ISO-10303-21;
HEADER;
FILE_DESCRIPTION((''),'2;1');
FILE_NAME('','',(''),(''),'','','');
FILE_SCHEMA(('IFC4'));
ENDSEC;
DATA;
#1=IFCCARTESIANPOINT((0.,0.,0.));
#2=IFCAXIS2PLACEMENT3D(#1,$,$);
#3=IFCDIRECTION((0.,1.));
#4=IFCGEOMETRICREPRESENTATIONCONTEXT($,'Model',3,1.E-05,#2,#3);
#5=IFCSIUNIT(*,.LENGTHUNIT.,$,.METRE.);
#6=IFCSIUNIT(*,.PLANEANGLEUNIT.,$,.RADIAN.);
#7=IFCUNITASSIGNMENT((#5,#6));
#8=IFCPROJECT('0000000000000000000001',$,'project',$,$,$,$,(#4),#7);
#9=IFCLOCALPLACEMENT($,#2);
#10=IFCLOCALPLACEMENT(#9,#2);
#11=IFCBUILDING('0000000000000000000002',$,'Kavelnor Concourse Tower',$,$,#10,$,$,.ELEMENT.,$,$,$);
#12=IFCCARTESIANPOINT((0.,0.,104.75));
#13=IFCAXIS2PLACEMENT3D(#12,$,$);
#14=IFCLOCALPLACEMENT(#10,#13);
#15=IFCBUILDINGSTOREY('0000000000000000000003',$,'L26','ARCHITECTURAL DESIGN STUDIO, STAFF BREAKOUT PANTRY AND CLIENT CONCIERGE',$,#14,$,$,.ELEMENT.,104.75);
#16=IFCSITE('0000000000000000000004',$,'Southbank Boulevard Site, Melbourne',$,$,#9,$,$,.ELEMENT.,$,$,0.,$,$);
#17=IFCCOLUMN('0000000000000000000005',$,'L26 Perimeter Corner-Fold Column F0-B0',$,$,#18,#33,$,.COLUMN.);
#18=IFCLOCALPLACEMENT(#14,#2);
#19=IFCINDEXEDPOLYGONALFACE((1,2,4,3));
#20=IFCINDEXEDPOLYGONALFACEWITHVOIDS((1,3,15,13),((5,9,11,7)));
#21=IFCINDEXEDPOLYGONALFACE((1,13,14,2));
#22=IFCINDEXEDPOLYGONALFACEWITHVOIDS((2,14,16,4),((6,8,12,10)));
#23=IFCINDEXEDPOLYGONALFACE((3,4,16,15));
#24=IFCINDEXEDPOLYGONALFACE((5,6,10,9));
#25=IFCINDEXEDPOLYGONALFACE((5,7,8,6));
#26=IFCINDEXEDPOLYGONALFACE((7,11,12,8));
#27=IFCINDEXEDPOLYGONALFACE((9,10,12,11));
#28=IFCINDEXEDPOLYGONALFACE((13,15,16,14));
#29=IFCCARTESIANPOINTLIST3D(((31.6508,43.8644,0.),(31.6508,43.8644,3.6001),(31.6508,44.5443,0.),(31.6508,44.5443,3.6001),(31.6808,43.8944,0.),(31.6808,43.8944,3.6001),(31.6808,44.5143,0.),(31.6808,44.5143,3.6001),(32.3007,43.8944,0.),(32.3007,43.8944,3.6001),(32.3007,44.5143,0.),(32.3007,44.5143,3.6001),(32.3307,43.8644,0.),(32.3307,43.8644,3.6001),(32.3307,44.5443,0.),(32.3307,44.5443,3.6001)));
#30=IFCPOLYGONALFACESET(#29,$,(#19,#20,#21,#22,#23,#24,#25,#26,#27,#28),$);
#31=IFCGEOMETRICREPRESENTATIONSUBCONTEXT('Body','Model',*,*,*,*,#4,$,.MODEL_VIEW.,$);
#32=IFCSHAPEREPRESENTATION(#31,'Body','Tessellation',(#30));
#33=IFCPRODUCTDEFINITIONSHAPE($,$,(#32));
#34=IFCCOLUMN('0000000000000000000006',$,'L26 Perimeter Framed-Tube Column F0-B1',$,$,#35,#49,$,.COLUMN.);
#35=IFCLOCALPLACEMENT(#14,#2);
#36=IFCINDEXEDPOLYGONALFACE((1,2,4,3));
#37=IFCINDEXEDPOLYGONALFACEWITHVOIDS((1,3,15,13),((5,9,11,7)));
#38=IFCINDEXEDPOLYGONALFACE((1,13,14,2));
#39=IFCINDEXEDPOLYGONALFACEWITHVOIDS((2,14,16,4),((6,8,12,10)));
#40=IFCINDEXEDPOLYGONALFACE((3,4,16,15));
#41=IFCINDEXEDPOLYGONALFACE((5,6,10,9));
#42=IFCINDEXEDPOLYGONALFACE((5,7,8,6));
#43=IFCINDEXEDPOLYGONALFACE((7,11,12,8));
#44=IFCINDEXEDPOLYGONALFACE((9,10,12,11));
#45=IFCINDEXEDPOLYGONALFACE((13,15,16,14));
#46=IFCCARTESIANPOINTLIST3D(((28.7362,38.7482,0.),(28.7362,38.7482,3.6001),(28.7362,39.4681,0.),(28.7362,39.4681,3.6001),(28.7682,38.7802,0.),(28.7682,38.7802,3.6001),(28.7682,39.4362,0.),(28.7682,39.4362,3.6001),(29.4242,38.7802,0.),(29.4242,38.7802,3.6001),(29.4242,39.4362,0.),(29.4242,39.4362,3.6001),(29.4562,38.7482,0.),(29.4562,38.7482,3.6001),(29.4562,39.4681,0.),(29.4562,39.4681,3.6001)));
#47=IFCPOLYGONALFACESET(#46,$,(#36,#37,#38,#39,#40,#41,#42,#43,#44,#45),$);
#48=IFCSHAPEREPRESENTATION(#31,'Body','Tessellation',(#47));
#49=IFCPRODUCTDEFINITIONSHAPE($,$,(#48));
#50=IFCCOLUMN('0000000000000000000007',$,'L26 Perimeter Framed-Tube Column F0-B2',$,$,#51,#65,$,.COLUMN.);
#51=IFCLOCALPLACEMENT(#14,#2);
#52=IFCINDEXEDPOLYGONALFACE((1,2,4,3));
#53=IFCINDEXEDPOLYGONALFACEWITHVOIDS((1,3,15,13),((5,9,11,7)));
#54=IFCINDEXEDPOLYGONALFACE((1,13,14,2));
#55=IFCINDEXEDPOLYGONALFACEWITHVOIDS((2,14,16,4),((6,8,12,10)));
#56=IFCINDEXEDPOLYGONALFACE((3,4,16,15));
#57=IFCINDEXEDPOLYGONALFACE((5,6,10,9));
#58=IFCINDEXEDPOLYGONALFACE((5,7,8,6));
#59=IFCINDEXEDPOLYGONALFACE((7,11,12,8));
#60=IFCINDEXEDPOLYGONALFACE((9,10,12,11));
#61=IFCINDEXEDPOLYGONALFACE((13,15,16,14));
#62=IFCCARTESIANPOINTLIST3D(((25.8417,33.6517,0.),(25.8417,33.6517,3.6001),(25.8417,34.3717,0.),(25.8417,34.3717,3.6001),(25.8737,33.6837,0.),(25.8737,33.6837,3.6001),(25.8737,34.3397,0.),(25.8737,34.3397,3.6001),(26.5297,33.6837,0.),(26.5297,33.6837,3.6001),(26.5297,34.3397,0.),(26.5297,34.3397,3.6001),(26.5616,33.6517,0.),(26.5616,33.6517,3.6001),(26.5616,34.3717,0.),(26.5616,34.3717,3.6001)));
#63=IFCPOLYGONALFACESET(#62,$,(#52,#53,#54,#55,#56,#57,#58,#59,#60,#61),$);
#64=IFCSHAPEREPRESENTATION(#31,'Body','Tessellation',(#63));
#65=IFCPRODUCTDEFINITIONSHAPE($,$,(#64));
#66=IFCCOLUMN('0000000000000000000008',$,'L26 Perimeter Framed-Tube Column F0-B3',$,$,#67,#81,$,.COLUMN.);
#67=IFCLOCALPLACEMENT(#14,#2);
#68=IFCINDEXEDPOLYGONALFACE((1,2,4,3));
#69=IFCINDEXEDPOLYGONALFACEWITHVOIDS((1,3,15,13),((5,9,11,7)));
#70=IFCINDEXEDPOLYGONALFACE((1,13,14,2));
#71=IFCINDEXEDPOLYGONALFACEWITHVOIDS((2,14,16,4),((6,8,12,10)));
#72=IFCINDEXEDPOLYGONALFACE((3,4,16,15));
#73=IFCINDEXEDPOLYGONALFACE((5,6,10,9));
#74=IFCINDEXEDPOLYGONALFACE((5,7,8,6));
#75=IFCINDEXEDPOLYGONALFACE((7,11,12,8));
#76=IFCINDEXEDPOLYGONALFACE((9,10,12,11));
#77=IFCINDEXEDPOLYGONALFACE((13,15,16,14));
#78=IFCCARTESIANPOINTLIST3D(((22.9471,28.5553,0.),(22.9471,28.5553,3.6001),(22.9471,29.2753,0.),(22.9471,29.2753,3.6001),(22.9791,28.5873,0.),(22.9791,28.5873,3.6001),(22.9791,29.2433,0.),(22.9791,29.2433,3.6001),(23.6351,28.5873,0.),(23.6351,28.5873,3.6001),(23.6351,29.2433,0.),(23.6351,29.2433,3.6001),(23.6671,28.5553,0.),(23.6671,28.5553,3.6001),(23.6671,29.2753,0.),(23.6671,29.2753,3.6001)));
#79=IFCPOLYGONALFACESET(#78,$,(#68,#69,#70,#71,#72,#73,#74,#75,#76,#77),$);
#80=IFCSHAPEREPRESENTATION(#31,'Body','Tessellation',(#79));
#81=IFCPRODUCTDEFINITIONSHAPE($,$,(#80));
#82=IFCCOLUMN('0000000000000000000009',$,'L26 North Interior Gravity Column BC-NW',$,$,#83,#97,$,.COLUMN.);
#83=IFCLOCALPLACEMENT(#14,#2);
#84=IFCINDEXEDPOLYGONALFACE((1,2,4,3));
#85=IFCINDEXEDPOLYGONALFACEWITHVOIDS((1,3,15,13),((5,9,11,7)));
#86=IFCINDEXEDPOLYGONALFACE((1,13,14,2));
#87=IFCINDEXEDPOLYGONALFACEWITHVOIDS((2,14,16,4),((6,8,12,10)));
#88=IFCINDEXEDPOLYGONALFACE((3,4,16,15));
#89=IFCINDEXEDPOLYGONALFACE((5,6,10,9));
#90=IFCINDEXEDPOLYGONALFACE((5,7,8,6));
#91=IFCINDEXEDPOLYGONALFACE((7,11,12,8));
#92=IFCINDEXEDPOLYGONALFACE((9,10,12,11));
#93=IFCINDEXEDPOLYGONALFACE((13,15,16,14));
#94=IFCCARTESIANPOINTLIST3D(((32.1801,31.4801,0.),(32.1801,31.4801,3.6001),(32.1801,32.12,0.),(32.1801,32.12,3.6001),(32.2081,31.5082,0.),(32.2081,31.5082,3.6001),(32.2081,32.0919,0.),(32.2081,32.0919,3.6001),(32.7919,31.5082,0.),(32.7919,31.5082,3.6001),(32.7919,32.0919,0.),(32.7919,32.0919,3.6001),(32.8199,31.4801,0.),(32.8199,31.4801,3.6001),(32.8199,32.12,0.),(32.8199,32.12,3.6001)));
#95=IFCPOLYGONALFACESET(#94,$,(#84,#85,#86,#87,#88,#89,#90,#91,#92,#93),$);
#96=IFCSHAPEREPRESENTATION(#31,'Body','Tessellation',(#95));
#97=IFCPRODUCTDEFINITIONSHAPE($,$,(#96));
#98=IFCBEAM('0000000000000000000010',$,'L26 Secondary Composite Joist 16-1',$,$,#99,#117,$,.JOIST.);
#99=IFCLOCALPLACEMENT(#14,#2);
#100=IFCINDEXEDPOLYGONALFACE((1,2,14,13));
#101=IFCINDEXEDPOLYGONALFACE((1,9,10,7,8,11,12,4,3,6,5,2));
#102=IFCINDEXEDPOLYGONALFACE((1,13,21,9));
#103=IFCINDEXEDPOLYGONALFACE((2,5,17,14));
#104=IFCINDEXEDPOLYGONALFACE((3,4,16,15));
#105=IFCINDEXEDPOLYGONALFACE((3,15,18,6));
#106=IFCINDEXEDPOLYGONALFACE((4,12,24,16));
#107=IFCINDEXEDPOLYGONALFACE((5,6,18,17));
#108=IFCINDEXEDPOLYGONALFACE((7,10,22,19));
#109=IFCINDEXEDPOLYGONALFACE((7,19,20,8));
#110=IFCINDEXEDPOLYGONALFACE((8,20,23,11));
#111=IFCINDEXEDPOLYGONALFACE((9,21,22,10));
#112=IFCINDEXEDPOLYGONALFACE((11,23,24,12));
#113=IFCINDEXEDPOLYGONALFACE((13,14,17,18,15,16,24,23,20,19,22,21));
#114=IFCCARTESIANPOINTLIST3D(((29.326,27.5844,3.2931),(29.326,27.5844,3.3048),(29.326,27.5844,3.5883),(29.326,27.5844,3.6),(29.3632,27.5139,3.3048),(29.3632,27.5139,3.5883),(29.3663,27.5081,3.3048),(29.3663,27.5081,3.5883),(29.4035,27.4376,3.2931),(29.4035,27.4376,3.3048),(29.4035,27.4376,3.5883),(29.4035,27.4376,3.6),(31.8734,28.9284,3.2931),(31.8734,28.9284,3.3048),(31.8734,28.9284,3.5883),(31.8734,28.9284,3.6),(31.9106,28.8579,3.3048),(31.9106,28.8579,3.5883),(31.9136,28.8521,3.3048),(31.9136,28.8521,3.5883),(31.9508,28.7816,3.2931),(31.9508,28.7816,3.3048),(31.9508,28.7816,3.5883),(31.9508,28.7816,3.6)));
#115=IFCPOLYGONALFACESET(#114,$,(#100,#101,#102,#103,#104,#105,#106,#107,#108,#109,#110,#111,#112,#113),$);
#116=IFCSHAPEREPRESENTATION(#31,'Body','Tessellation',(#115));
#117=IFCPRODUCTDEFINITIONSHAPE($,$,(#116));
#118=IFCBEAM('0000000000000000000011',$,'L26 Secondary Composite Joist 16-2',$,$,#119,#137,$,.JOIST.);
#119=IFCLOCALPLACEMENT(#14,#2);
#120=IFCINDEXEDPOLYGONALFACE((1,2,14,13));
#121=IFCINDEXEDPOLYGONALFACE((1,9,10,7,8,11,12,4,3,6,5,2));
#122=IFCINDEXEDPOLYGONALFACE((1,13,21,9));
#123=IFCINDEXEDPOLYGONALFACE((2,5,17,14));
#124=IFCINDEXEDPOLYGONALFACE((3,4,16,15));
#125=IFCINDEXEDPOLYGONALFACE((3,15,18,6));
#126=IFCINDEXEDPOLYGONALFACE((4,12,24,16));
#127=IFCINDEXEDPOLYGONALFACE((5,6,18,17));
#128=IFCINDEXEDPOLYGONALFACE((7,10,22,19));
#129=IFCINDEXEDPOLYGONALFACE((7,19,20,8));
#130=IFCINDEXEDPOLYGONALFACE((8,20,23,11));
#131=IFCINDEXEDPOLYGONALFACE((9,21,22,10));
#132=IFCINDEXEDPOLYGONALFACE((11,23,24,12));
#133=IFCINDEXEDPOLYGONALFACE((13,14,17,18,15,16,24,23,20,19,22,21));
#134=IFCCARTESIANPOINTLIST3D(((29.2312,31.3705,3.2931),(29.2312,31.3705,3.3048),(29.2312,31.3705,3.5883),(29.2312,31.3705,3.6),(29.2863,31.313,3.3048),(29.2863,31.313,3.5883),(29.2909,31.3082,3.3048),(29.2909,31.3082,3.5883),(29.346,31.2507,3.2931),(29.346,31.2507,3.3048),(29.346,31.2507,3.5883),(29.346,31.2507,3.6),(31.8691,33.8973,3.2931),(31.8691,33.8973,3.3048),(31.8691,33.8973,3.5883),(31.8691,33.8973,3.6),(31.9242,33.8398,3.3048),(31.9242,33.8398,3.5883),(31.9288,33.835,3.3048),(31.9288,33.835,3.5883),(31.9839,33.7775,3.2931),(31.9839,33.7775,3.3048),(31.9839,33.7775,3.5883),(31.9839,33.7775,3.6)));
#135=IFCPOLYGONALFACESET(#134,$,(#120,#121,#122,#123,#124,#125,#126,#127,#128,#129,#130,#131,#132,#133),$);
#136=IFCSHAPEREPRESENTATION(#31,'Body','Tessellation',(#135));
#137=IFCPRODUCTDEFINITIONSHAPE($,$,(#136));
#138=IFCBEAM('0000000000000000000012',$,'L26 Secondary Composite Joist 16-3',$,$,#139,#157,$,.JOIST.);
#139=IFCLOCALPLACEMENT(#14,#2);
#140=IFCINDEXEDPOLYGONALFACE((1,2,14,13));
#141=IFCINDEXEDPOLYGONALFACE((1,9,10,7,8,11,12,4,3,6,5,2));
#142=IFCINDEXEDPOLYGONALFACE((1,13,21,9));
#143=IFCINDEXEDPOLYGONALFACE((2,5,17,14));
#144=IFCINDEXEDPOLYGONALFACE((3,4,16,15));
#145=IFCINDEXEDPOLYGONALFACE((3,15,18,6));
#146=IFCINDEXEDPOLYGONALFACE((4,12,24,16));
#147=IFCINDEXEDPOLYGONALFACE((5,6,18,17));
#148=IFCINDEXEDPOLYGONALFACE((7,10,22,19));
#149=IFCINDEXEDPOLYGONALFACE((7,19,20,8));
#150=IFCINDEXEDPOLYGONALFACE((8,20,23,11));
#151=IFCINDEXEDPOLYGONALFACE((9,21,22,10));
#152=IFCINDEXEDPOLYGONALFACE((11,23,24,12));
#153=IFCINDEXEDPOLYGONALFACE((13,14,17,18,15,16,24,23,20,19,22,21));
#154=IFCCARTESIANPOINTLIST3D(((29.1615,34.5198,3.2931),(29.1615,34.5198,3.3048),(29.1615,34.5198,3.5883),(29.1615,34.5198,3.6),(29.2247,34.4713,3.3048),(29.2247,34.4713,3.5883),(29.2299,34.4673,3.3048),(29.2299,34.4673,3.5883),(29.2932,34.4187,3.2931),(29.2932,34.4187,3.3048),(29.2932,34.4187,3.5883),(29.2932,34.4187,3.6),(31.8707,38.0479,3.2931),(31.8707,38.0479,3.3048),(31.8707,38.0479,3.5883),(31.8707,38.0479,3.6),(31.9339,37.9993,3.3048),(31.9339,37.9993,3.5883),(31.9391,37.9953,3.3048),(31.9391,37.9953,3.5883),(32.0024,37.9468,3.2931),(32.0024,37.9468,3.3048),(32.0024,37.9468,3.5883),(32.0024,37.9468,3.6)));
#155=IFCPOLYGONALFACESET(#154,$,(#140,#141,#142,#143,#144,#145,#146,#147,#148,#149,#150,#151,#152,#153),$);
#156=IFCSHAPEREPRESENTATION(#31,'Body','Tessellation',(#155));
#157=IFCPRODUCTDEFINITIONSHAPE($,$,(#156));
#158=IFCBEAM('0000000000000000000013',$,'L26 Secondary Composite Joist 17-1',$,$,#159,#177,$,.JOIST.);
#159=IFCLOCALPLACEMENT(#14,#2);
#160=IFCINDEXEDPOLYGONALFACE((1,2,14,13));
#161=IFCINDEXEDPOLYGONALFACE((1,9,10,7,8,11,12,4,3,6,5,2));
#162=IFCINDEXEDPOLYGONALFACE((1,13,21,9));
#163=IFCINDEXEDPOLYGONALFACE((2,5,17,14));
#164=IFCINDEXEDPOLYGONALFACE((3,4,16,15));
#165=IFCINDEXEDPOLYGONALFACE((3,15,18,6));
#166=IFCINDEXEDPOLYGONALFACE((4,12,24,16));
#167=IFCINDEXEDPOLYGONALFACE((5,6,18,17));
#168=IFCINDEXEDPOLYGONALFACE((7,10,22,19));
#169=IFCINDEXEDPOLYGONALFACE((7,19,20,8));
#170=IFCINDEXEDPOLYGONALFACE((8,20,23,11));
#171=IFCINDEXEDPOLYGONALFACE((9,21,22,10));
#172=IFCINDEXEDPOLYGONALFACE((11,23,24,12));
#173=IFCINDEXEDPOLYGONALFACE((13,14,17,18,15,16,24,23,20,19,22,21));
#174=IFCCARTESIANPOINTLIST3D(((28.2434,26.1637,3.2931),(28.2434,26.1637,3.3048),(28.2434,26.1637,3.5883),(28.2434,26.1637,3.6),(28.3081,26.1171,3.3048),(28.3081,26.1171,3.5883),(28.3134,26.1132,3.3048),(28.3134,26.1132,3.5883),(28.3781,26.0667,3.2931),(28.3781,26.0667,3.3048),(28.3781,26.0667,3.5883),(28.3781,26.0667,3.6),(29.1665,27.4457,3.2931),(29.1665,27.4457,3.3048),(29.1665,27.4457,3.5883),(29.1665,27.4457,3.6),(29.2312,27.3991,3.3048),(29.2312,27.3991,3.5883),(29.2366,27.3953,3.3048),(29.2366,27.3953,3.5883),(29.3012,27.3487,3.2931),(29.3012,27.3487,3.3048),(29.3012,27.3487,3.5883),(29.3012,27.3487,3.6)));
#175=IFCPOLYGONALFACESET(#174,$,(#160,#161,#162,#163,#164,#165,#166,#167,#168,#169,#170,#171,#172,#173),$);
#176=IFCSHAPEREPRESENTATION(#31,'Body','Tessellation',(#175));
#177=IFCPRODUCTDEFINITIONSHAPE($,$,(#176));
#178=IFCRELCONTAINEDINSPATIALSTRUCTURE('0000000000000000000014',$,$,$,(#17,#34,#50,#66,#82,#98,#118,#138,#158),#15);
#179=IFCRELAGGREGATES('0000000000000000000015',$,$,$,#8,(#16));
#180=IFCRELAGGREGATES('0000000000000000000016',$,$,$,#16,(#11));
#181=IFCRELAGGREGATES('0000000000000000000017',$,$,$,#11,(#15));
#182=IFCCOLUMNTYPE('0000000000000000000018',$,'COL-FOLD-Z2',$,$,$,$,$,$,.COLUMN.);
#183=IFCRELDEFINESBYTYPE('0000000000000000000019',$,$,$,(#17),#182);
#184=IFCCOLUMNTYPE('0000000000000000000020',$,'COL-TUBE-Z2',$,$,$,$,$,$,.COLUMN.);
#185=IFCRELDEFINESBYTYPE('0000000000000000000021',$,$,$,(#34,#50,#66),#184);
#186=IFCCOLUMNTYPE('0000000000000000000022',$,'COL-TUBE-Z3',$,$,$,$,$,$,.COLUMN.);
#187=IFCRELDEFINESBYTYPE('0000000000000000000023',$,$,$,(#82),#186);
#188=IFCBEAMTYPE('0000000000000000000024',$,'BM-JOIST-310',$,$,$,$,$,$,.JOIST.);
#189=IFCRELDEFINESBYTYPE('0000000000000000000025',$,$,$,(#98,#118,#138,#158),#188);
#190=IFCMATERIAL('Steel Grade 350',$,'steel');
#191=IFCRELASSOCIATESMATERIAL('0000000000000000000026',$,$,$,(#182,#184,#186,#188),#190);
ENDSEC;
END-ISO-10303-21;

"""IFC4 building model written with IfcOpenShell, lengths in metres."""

from ifc_helpers import new_model, si_unit, direction, frame, origin, origin_2d, place, context, subcontext, project, spatial, hollow_rectangle, i_section, extrude, material, material_profile, profile_set, type_object, element, save


model = new_model("IFC4")

# Units and contexts
model_context = context("Model", 3, precision=1e-05, world=origin(), true_north=direction((0.0, 1.0)))
body_context = subcontext(model_context, "Body", "Model", "MODEL_VIEW")
ifc_project = project(units=[si_unit("LENGTHUNIT", "METRE"), si_unit("PLANEANGLEUNIT", "RADIAN")], contexts=[model_context])

# Site, building, storey
site_placement = place(None, origin())
site = spatial("IfcSite", under=ifc_project, at=site_placement, Name="Southbank Boulevard Site, Melbourne", CompositionType="ELEMENT", RefElevation=0.0)
building_placement = place(site_placement, origin())
building = spatial("IfcBuilding", under=site, at=building_placement, Name="Kavelnor Concourse Tower", CompositionType="ELEMENT")
storey_placement = place(building_placement, frame((0.0, 0.0, 104.75)))
storey = spatial("IfcBuildingStorey", under=building, at=storey_placement, Name="L26", Description="ARCHITECTURAL DESIGN STUDIO, STAFF BREAKOUT PANTRY AND CLIENT CONCIERGE", CompositionType="ELEMENT", Elevation=104.75)

# Columns
ifc_material_1 = material(Name="Steel Grade 350", Category="steel")
ifc_material_profile_1 = material_profile(ifc_material_1, hollow_rectangle(XDim=0.6799, YDim=0.6799, WallThickness=0.03, at=origin_2d()), Name="SHS 680x680x30")
ifc_profile_set_1 = profile_set([ifc_material_profile_1], Name="Steel Grade 350")
column_type_1 = type_object("IfcColumnType", Name="COL-FOLD-Z2", PredefinedType="COLUMN", material=ifc_profile_set_1)
column_1_placement = place(storey_placement, frame((31.9907, 44.2043, 0.0), z_axis=(0.0, 0.0, 1.0), x_axis=(1.0, 0.0, 0.0)))
element("IfcColumn", 1, at=column_1_placement, inside=storey, type_object=column_type_1, Name="L26 Perimeter Corner-Fold Column F0-B0", PredefinedType="COLUMN", context=body_context, shape_type="SweptSolid", body=[
    extrude(hollow_rectangle(XDim=0.6799, YDim=0.6799, WallThickness=0.03, at=origin_2d()), origin(), (0.0, 0.0, 1.0), 3.6001),
])
ifc_material_profile_2 = material_profile(ifc_material_1, hollow_rectangle(XDim=0.72, YDim=0.72, WallThickness=0.032, at=origin_2d()), Name="SHS 720x720x32")
ifc_profile_set_2 = profile_set([ifc_material_profile_2], Name="Steel Grade 350")
column_type_2 = type_object("IfcColumnType", Name="COL-TUBE-Z2", PredefinedType="COLUMN", material=ifc_profile_set_2)
for number, where, z_axis, x_axis, name in (
    (2, (29.0962, 39.1082, 0.0), (0.0, 0.0, 1.0), (1.0, 0.0, 0.0), "L26 Perimeter Framed-Tube Column F0-B1"),
    (3, (26.2017, 34.0117, 0.0), (0.0, 0.0, 1.0), (1.0, 0.0, 0.0), "L26 Perimeter Framed-Tube Column F0-B2"),
    (4, (23.3071, 28.9153, 0.0), (0.0, 0.0, 1.0), (1.0, 0.0, 0.0), "L26 Perimeter Framed-Tube Column F0-B3"),
):
    element("IfcColumn", number, at=place(storey_placement, frame(where, z_axis=z_axis, x_axis=x_axis)), inside=storey, type_object=column_type_2, Name=name, PredefinedType="COLUMN", context=body_context, shape_type="SweptSolid", body=[
        extrude(hollow_rectangle(XDim=0.72, YDim=0.72, WallThickness=0.032, at=origin_2d()), origin(), (0.0, 0.0, 1.0), 3.6001),
    ])
ifc_material_profile_3 = material_profile(ifc_material_1, hollow_rectangle(XDim=0.6399, YDim=0.6399, WallThickness=0.0281, at=origin_2d()), Name="SHS 640x640x28")
ifc_profile_set_3 = profile_set([ifc_material_profile_3], Name="Steel Grade 350")
column_type_3 = type_object("IfcColumnType", Name="COL-TUBE-Z3", PredefinedType="COLUMN", material=ifc_profile_set_3)
column_2_placement = place(storey_placement, frame((32.5, 31.8, 0.0), z_axis=(0.0, 0.0, 1.0), x_axis=(1.0, 0.0, 0.0)))
element("IfcColumn", 5, at=column_2_placement, inside=storey, type_object=column_type_3, Name="L26 North Interior Gravity Column BC-NW", PredefinedType="COLUMN", context=body_context, shape_type="SweptSolid", body=[
    extrude(hollow_rectangle(XDim=0.6399, YDim=0.6399, WallThickness=0.0281, at=origin_2d()), origin(), (0.0, 0.0, 1.0), 3.6001),
])

# Beams
ifc_material_profile_4 = material_profile(ifc_material_1, i_section(OverallWidth=0.166, OverallDepth=0.3069, WebThickness=0.0066, FlangeThickness=0.0117, at=origin_2d()), Name="310UB46")
ifc_profile_set_4 = profile_set([ifc_material_profile_4], Name="Steel Grade 350")
beam_type_1 = type_object("IfcBeamType", Name="BM-JOIST-310", PredefinedType="JOIST", material=ifc_profile_set_4)
beam_1_placement = place(storey_placement, frame((31.9121, 28.855, 3.4465), z_axis=(-0.884449, -0.466637, 0.0), x_axis=(0.466637, -0.884449, 0.0)))
element("IfcBeam", 6, at=beam_1_placement, inside=storey, type_object=beam_type_1, Name="L26 Secondary Composite Joist 16-1", PredefinedType="JOIST", context=body_context, shape_type="SweptSolid", body=[
    extrude(i_section(OverallWidth=0.166, OverallDepth=0.3069, WebThickness=0.0066, FlangeThickness=0.0117, at=origin_2d()), origin(), (0.0, 0.0, 1.0), 2.8801),
])
beam_2_placement = place(storey_placement, frame((31.9265, 33.8374, 3.4465), z_axis=(-0.722148, -0.691738, 0.0), x_axis=(0.691738, -0.722148, 0.0)))
element("IfcBeam", 7, at=beam_2_placement, inside=storey, type_object=beam_type_1, Name="L26 Secondary Composite Joist 16-2", PredefinedType="JOIST", context=body_context, shape_type="SweptSolid", body=[
    extrude(i_section(OverallWidth=0.166, OverallDepth=0.3069, WebThickness=0.0066, FlangeThickness=0.0117, at=origin_2d()), origin(), (0.0, 0.0, 1.0), 3.6528),
])
beam_3_placement = place(storey_placement, frame((31.9365, 37.9973, 3.4465), z_axis=(-0.60905, -0.793132, 0.0), x_axis=(0.793132, -0.60905, 0.0)))
element("IfcBeam", 8, at=beam_3_placement, inside=storey, type_object=beam_type_1, Name="L26 Secondary Composite Joist 16-3", PredefinedType="JOIST", context=body_context, shape_type="SweptSolid", body=[
    extrude(i_section(OverallWidth=0.166, OverallDepth=0.3069, WebThickness=0.0066, FlangeThickness=0.0117, at=origin_2d()), origin(), (0.0, 0.0, 1.0), 4.4482),
])
beam_4_placement = place(storey_placement, frame((29.2339, 27.3972, 3.4465), z_axis=(-0.584333, -0.811514, 0.0), x_axis=(0.811514, -0.584333, 0.0)))
element("IfcBeam", 9, at=beam_4_placement, inside=storey, type_object=beam_type_1, Name="L26 Secondary Composite Joist 17-1", PredefinedType="JOIST", context=body_context, shape_type="SweptSolid", body=[
    extrude(i_section(OverallWidth=0.166, OverallDepth=0.3069, WebThickness=0.0066, FlangeThickness=0.0117, at=origin_2d()), origin(), (0.0, 0.0, 1.0), 1.5798),
])

save(model, "model.ifc")
